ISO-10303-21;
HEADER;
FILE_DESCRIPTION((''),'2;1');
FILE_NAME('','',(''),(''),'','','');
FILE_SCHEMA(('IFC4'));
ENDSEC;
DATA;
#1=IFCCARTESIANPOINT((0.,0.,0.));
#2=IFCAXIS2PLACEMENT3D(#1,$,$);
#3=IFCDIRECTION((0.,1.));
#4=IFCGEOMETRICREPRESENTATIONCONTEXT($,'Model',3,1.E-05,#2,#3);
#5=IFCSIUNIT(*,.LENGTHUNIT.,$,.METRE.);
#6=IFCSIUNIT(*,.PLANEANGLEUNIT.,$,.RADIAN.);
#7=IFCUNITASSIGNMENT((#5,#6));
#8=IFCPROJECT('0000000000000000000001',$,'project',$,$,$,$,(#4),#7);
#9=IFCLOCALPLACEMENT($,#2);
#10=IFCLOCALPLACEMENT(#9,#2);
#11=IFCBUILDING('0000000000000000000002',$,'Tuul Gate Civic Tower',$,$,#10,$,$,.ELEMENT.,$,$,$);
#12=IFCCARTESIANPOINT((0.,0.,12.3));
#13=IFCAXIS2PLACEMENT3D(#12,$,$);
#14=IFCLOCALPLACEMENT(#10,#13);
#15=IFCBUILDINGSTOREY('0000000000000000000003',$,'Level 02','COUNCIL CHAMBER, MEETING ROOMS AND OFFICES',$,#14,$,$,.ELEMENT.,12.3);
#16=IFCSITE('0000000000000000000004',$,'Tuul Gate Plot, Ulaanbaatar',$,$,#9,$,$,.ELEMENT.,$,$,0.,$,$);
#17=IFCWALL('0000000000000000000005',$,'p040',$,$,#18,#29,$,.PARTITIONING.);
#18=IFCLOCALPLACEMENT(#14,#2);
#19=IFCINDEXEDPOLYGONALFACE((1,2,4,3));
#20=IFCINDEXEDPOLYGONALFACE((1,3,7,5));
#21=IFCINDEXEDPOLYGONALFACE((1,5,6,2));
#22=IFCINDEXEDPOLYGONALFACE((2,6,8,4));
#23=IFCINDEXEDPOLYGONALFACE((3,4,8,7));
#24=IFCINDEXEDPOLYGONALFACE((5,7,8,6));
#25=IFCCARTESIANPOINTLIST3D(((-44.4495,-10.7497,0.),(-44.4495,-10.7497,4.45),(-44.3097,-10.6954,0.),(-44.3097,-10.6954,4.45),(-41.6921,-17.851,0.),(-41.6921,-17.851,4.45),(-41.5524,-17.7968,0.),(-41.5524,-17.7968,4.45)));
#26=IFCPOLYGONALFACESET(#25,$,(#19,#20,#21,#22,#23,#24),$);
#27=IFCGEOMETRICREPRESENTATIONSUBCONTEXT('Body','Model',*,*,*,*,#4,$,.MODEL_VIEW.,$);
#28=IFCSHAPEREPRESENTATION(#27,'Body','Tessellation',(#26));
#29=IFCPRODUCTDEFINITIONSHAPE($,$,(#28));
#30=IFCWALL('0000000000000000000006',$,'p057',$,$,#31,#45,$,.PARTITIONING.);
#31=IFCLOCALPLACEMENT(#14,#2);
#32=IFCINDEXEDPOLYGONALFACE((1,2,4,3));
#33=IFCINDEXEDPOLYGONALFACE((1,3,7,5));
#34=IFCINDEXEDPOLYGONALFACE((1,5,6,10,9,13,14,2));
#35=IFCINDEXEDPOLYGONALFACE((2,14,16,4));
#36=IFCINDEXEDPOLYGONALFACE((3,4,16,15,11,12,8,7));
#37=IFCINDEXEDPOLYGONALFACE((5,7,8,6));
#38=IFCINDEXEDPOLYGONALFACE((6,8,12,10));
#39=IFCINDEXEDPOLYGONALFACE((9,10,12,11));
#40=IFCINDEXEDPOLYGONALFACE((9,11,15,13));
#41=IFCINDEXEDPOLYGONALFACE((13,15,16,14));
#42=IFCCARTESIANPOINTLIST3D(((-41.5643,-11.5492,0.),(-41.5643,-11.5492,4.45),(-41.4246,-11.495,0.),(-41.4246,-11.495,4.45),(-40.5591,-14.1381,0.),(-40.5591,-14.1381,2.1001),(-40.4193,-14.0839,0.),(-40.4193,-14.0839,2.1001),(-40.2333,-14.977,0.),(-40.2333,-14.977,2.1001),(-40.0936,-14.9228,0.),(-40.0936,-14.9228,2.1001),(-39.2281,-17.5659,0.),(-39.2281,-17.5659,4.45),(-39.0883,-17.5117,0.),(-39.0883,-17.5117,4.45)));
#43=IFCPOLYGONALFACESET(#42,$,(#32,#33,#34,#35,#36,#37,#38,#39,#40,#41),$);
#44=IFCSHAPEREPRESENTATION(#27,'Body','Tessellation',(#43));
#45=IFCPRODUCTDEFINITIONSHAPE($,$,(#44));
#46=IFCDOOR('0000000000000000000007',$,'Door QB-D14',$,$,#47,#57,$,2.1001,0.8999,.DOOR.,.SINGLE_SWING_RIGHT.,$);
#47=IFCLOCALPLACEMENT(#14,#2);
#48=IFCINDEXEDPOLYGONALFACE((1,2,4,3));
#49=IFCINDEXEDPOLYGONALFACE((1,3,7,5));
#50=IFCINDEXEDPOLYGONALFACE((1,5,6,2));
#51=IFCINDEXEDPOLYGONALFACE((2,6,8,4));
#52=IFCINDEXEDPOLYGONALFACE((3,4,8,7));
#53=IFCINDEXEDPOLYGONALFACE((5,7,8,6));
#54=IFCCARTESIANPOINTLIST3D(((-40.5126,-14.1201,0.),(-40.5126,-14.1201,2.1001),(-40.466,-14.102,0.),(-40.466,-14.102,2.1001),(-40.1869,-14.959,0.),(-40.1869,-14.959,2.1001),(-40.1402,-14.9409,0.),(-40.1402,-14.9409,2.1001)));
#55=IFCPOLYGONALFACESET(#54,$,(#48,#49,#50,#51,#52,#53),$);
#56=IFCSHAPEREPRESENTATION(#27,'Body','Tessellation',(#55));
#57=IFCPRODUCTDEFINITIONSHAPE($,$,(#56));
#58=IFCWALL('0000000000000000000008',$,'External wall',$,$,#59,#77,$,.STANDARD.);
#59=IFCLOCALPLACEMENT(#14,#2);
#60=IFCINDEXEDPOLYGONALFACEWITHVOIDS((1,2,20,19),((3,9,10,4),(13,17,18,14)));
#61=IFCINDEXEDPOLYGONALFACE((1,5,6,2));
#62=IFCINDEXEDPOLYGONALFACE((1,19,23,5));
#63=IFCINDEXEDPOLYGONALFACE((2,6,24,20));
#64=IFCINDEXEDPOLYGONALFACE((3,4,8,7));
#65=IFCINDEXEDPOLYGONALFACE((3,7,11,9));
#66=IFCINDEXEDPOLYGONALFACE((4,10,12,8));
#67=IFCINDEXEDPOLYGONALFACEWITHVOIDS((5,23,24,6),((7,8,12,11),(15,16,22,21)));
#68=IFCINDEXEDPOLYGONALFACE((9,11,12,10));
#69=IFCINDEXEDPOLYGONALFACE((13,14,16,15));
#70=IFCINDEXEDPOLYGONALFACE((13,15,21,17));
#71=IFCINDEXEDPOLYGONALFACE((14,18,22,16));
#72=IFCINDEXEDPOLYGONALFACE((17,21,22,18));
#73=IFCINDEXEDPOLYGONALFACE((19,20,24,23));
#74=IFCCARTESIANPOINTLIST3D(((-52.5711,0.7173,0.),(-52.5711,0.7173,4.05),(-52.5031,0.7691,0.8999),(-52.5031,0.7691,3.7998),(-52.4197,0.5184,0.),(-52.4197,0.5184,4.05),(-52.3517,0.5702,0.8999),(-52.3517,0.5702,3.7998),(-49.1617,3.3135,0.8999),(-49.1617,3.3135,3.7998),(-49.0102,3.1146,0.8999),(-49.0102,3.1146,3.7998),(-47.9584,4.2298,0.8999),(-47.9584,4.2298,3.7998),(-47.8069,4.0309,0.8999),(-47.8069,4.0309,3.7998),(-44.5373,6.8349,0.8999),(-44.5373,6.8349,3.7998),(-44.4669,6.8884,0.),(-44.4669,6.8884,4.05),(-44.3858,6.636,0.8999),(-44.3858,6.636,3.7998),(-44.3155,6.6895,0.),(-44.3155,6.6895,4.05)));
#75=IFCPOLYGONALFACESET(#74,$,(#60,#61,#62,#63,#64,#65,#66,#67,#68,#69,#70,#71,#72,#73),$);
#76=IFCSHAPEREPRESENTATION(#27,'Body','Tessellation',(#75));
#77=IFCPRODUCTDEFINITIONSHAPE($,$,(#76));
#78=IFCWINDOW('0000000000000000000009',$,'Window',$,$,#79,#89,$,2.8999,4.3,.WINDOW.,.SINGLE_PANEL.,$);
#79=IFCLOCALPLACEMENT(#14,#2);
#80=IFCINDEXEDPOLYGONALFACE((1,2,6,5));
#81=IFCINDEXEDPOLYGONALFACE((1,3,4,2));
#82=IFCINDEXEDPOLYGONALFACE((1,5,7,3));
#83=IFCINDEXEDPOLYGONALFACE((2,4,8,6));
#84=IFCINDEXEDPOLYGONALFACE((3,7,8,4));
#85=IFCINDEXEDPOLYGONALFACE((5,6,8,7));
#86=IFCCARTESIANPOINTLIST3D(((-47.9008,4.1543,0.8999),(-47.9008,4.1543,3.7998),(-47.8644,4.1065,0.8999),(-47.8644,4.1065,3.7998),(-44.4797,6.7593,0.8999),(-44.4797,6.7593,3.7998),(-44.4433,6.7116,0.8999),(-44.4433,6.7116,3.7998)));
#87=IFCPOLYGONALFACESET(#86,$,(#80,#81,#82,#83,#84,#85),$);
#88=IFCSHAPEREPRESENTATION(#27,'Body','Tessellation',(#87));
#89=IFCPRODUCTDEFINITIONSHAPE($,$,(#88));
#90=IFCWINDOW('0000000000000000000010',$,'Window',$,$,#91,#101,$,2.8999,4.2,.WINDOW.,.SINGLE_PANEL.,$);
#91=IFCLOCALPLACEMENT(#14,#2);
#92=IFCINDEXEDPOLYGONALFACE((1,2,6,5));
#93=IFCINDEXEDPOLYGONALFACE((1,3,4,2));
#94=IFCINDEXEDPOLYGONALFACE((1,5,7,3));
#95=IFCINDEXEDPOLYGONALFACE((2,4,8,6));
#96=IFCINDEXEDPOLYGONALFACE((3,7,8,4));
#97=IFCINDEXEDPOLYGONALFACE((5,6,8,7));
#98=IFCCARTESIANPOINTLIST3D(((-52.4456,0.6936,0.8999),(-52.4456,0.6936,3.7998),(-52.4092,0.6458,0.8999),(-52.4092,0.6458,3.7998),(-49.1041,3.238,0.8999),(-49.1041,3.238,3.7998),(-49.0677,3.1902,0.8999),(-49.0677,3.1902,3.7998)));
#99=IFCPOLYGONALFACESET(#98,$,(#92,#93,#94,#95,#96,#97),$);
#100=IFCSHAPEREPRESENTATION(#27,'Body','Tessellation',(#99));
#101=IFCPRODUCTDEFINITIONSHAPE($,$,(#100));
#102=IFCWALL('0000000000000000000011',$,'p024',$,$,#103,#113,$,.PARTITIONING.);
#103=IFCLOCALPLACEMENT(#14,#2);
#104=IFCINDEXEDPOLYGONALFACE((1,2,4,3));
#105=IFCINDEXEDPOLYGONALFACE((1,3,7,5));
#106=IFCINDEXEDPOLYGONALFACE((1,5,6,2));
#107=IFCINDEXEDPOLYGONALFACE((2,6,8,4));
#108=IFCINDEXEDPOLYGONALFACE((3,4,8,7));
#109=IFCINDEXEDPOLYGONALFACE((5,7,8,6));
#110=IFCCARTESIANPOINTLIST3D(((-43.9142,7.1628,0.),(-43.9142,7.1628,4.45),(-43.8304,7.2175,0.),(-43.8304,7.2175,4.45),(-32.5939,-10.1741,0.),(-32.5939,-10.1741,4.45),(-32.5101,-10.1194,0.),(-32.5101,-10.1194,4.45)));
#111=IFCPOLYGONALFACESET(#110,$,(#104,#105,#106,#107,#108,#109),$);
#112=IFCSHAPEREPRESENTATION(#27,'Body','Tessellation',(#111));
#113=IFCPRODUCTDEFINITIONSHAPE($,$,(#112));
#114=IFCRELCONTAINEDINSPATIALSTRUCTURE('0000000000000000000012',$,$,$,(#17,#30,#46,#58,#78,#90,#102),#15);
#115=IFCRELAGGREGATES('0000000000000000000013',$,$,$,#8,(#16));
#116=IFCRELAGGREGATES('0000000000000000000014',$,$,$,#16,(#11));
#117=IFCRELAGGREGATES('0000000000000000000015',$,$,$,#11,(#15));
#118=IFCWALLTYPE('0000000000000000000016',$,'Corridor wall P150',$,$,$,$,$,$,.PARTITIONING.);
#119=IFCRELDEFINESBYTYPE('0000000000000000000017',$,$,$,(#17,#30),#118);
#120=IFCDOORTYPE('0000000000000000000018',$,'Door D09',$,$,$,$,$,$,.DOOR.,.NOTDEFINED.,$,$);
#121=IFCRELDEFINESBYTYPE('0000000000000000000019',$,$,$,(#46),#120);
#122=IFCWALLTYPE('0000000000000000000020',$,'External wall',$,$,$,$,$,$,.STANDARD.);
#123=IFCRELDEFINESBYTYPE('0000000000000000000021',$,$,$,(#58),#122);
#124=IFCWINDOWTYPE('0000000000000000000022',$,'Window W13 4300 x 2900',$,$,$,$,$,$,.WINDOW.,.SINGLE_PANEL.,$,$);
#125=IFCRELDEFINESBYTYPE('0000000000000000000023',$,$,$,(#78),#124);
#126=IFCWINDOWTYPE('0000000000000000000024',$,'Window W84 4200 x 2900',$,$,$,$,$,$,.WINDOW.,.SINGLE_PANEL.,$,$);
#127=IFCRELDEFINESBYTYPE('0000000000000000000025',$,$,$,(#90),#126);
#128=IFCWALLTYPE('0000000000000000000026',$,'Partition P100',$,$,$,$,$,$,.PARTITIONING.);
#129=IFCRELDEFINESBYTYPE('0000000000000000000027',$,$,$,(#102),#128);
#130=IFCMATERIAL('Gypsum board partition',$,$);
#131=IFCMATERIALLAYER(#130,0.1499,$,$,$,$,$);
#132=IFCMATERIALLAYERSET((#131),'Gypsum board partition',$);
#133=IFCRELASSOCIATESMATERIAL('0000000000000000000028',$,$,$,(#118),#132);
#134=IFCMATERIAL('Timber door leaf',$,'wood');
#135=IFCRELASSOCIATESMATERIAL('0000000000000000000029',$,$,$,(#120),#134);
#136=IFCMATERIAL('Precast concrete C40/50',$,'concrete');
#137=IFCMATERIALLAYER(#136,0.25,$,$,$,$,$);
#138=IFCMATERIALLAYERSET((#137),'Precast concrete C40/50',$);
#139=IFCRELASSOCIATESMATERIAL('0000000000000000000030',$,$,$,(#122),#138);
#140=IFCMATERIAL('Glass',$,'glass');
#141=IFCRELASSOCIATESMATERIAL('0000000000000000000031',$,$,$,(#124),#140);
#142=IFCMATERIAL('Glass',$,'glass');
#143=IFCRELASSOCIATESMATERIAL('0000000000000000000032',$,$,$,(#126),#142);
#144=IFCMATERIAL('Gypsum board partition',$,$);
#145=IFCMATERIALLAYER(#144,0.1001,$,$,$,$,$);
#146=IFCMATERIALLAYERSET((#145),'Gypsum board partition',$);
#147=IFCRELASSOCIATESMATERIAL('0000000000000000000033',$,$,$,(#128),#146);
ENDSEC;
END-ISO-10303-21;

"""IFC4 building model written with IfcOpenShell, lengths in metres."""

from ifc_helpers import new_model, si_unit, direction, frame, frame_2d, origin, place, context, subcontext, project, spatial, rectangle, extrude, material, layer, layer_set, type_object, element, fill, save


model = new_model("IFC4")

# Units and contexts
model_context = context("Model", 3, precision=1e-05, world=origin(), true_north=direction((0.0, 1.0)))
body_context = subcontext(model_context, "Body", "Model", "MODEL_VIEW")
ifc_project = project(units=[si_unit("LENGTHUNIT", "METRE"), si_unit("PLANEANGLEUNIT", "RADIAN")], contexts=[model_context])

# Site, building, storey
site_placement = place(None, origin())
site = spatial("IfcSite", under=ifc_project, at=site_placement, Name="Tuul Gate Plot, Ulaanbaatar", CompositionType="ELEMENT", RefElevation=0.0)
building_placement = place(site_placement, origin())
building = spatial("IfcBuilding", under=site, at=building_placement, Name="Tuul Gate Civic Tower", CompositionType="ELEMENT")
storey_placement = place(building_placement, frame((0.0, 0.0, 12.3)))
storey = spatial("IfcBuildingStorey", under=building, at=storey_placement, Name="Level 02", Description="COUNCIL CHAMBER, MEETING ROOMS AND OFFICES", CompositionType="ELEMENT", Elevation=12.3)

# Shared definitions
ifc_material_1 = material(Name="Gypsum board partition")
ifc_layer_1 = layer(ifc_material_1, 0.1499)
ifc_layer_set_1 = layer_set([ifc_layer_1], Name="Gypsum board partition")
wall_type_1 = type_object("IfcWallType", Name="Corridor wall P150", PredefinedType="PARTITIONING", material=ifc_layer_set_1)

# Wall
wall_1_placement = place(storey_placement, frame((-44.3796, -10.7224, 0.0), z_axis=(0.0, 0.0, 1.0), x_axis=(0.361956, -0.932195, 0.0)))
element("IfcWall", 1, at=wall_1_placement, inside=storey, type_object=wall_type_1, Name="p040", PredefinedType="PARTITIONING", context=body_context, shape_type="SweptSolid", body=[
    extrude(rectangle(XDim=7.6179, YDim=0.1499, at=frame_2d((3.8091, 0.0))), origin(), (0.0, 0.0, 1.0), 4.45),
])

# Wall, opening, door
wall_2_placement = place(storey_placement, frame((-41.4944, -11.5222, 0.0), z_axis=(0.0, 0.0, 1.0), x_axis=(0.361961, -0.932193, 0.0)))
wall_2 = element("IfcWall", 2, at=wall_2_placement, inside=storey, type_object=wall_type_1, Name="p057", PredefinedType="PARTITIONING", context=body_context, shape_type="SweptSolid", body=[
    extrude(rectangle(XDim=6.4543, YDim=0.1499, at=frame_2d((3.2271, 0.0))), origin(), (0.0, 0.0, 1.0), 4.45),
])
opening_1_placement = place(wall_2_placement, frame((2.7771, 0.0, 0.0)))
opening_1 = element("IfcOpeningElement", 3, at=opening_1_placement, cuts=wall_2, PredefinedType="OPENING", context=body_context, shape_type="SweptSolid", body=[
    extrude(rectangle(XDim=0.8999, YDim=2.1001, at=frame_2d((0.45, 1.05))), frame((0.0, 0.085, 0.0), z_axis=(0.0, -1.0, 0.0), x_axis=(1.0, 0.0, 0.0)), (0.0, 0.0, 1.0), 0.1699),
])
ifc_material_2 = material(Name="Timber door leaf", Category="wood")
door_type_1 = type_object("IfcDoorType", Name="Door D09", OperationType="NOTDEFINED", PredefinedType="DOOR", material=ifc_material_2)
door_1_placement = place(opening_1_placement, origin())
door_1 = element("IfcDoor", 4, at=door_1_placement, inside=storey, type_object=door_type_1, Name="Door QB-D14", OperationType="SINGLE_SWING_RIGHT", OverallHeight=2.1001, OverallWidth=0.8999, PredefinedType="DOOR", context=body_context, shape_type="SweptSolid", body=[
    extrude(rectangle(XDim=0.8999, YDim=2.1001, at=frame_2d((0.45, 1.05))), frame((0.0, 0.0249, 0.0), z_axis=(0.0, -1.0, 0.0), x_axis=(1.0, 0.0, 0.0)), (0.0, 0.0, 1.0), 0.05),
])
fill(opening_1, door_1)

# Wall, openings, windows
ifc_material_3 = material(Name="Precast concrete C40/50", Category="concrete")
ifc_layer_2 = layer(ifc_material_3, 0.25)
ifc_layer_set_2 = layer_set([ifc_layer_2], Name="Precast concrete C40/50")
wall_type_2 = type_object("IfcWallType", Name="External wall", PredefinedType="STANDARD", material=ifc_layer_set_2)
wall_3_placement = place(storey_placement, frame((-44.3911, 6.7891, 0.0), z_axis=(0.0, 0.0, 1.0), x_axis=(-0.795598, -0.605824, 0.0)))
wall_3 = element("IfcWall", 5, at=wall_3_placement, inside=storey, type_object=wall_type_2, Name="External wall", PredefinedType="STANDARD", context=body_context, shape_type="SweptSolid", body=[
    extrude(rectangle(XDim=10.1863, YDim=0.25, at=frame_2d((5.0933, 0.0))), origin(), (0.0, 0.0, 1.0), 4.05),
])
opening_2_placement = place(wall_3_placement, frame((0.0886, 0.0, 0.8999)))
opening_2 = element("IfcOpeningElement", 6, at=opening_2_placement, cuts=wall_3, PredefinedType="OPENING", context=body_context, shape_type="SweptSolid", body=[
    extrude(rectangle(XDim=4.3, YDim=2.8999, at=frame_2d((2.1499, 1.45))), frame((0.0, 0.135, 0.0), z_axis=(0.0, -1.0, 0.0), x_axis=(1.0, 0.0, 0.0)), (0.0, 0.0, 1.0), 0.27),
])
opening_3_placement = place(wall_3_placement, frame((5.9009, 0.0, 0.8999)))
opening_3 = element("IfcOpeningElement", 7, at=opening_3_placement, cuts=wall_3, PredefinedType="OPENING", context=body_context, shape_type="SweptSolid", body=[
    extrude(rectangle(XDim=4.2, YDim=2.8999, at=frame_2d((2.1001, 1.45))), frame((0.0, 0.135, 0.0), z_axis=(0.0, -1.0, 0.0), x_axis=(1.0, 0.0, 0.0)), (0.0, 0.0, 1.0), 0.27),
])
ifc_material_4 = material(Name="Glass", Category="glass")
window_type_1 = type_object("IfcWindowType", Name="Window W13 4300 x 2900", PartitioningType="SINGLE_PANEL", PredefinedType="WINDOW", material=ifc_material_4)
window_1_placement = place(opening_2_placement, origin())
window_1 = element("IfcWindow", 8, at=window_1_placement, inside=storey, type_object=window_type_1, Name="Window", OverallHeight=2.8999, OverallWidth=4.3, PartitioningType="SINGLE_PANEL", PredefinedType="WINDOW", context=body_context, shape_type="SweptSolid", body=[
    extrude(rectangle(XDim=4.3, YDim=2.8999, at=frame_2d((2.1499, 1.45))), frame((0.0, 0.03, 0.0), z_axis=(0.0, -1.0, 0.0), x_axis=(1.0, 0.0, 0.0)), (0.0, 0.0, 1.0), 0.0601),
])
fill(opening_2, window_1)
ifc_material_5 = material(Name="Glass", Category="glass")
window_type_2 = type_object("IfcWindowType", Name="Window W84 4200 x 2900", PartitioningType="SINGLE_PANEL", PredefinedType="WINDOW", material=ifc_material_5)
window_2_placement = place(opening_3_placement, origin())
window_2 = element("IfcWindow", 9, at=window_2_placement, inside=storey, type_object=window_type_2, Name="Window", OverallHeight=2.8999, OverallWidth=4.2, PartitioningType="SINGLE_PANEL", PredefinedType="WINDOW", context=body_context, shape_type="SweptSolid", body=[
    extrude(rectangle(XDim=4.2, YDim=2.8999, at=frame_2d((2.1001, 1.45))), frame((0.0, 0.03, 0.0), z_axis=(0.0, -1.0, 0.0), x_axis=(1.0, 0.0, 0.0)), (0.0, 0.0, 1.0), 0.0601),
])
fill(opening_3, window_2)

# Wall
ifc_material_6 = material(Name="Gypsum board partition")
ifc_layer_3 = layer(ifc_material_6, 0.1001)
ifc_layer_set_3 = layer_set([ifc_layer_3], Name="Gypsum board partition")
wall_type_3 = type_object("IfcWallType", Name="Partition P100", PredefinedType="PARTITIONING", material=ifc_layer_set_3)
wall_4_placement = place(storey_placement, frame((-43.8723, 7.1902, 0.0), z_axis=(0.0, 0.0, 1.0), x_axis=(0.54673, -0.837309, 0.0)))
element("IfcWall", 10, at=wall_4_placement, inside=storey, type_object=wall_type_3, Name="p024", PredefinedType="PARTITIONING", context=body_context, shape_type="SweptSolid", body=[
    extrude(rectangle(XDim=20.7056, YDim=0.1001, at=frame_2d((10.3528, 0.0))), origin(), (0.0, 0.0, 1.0), 4.45),
])

save(model, "model.ifc")
